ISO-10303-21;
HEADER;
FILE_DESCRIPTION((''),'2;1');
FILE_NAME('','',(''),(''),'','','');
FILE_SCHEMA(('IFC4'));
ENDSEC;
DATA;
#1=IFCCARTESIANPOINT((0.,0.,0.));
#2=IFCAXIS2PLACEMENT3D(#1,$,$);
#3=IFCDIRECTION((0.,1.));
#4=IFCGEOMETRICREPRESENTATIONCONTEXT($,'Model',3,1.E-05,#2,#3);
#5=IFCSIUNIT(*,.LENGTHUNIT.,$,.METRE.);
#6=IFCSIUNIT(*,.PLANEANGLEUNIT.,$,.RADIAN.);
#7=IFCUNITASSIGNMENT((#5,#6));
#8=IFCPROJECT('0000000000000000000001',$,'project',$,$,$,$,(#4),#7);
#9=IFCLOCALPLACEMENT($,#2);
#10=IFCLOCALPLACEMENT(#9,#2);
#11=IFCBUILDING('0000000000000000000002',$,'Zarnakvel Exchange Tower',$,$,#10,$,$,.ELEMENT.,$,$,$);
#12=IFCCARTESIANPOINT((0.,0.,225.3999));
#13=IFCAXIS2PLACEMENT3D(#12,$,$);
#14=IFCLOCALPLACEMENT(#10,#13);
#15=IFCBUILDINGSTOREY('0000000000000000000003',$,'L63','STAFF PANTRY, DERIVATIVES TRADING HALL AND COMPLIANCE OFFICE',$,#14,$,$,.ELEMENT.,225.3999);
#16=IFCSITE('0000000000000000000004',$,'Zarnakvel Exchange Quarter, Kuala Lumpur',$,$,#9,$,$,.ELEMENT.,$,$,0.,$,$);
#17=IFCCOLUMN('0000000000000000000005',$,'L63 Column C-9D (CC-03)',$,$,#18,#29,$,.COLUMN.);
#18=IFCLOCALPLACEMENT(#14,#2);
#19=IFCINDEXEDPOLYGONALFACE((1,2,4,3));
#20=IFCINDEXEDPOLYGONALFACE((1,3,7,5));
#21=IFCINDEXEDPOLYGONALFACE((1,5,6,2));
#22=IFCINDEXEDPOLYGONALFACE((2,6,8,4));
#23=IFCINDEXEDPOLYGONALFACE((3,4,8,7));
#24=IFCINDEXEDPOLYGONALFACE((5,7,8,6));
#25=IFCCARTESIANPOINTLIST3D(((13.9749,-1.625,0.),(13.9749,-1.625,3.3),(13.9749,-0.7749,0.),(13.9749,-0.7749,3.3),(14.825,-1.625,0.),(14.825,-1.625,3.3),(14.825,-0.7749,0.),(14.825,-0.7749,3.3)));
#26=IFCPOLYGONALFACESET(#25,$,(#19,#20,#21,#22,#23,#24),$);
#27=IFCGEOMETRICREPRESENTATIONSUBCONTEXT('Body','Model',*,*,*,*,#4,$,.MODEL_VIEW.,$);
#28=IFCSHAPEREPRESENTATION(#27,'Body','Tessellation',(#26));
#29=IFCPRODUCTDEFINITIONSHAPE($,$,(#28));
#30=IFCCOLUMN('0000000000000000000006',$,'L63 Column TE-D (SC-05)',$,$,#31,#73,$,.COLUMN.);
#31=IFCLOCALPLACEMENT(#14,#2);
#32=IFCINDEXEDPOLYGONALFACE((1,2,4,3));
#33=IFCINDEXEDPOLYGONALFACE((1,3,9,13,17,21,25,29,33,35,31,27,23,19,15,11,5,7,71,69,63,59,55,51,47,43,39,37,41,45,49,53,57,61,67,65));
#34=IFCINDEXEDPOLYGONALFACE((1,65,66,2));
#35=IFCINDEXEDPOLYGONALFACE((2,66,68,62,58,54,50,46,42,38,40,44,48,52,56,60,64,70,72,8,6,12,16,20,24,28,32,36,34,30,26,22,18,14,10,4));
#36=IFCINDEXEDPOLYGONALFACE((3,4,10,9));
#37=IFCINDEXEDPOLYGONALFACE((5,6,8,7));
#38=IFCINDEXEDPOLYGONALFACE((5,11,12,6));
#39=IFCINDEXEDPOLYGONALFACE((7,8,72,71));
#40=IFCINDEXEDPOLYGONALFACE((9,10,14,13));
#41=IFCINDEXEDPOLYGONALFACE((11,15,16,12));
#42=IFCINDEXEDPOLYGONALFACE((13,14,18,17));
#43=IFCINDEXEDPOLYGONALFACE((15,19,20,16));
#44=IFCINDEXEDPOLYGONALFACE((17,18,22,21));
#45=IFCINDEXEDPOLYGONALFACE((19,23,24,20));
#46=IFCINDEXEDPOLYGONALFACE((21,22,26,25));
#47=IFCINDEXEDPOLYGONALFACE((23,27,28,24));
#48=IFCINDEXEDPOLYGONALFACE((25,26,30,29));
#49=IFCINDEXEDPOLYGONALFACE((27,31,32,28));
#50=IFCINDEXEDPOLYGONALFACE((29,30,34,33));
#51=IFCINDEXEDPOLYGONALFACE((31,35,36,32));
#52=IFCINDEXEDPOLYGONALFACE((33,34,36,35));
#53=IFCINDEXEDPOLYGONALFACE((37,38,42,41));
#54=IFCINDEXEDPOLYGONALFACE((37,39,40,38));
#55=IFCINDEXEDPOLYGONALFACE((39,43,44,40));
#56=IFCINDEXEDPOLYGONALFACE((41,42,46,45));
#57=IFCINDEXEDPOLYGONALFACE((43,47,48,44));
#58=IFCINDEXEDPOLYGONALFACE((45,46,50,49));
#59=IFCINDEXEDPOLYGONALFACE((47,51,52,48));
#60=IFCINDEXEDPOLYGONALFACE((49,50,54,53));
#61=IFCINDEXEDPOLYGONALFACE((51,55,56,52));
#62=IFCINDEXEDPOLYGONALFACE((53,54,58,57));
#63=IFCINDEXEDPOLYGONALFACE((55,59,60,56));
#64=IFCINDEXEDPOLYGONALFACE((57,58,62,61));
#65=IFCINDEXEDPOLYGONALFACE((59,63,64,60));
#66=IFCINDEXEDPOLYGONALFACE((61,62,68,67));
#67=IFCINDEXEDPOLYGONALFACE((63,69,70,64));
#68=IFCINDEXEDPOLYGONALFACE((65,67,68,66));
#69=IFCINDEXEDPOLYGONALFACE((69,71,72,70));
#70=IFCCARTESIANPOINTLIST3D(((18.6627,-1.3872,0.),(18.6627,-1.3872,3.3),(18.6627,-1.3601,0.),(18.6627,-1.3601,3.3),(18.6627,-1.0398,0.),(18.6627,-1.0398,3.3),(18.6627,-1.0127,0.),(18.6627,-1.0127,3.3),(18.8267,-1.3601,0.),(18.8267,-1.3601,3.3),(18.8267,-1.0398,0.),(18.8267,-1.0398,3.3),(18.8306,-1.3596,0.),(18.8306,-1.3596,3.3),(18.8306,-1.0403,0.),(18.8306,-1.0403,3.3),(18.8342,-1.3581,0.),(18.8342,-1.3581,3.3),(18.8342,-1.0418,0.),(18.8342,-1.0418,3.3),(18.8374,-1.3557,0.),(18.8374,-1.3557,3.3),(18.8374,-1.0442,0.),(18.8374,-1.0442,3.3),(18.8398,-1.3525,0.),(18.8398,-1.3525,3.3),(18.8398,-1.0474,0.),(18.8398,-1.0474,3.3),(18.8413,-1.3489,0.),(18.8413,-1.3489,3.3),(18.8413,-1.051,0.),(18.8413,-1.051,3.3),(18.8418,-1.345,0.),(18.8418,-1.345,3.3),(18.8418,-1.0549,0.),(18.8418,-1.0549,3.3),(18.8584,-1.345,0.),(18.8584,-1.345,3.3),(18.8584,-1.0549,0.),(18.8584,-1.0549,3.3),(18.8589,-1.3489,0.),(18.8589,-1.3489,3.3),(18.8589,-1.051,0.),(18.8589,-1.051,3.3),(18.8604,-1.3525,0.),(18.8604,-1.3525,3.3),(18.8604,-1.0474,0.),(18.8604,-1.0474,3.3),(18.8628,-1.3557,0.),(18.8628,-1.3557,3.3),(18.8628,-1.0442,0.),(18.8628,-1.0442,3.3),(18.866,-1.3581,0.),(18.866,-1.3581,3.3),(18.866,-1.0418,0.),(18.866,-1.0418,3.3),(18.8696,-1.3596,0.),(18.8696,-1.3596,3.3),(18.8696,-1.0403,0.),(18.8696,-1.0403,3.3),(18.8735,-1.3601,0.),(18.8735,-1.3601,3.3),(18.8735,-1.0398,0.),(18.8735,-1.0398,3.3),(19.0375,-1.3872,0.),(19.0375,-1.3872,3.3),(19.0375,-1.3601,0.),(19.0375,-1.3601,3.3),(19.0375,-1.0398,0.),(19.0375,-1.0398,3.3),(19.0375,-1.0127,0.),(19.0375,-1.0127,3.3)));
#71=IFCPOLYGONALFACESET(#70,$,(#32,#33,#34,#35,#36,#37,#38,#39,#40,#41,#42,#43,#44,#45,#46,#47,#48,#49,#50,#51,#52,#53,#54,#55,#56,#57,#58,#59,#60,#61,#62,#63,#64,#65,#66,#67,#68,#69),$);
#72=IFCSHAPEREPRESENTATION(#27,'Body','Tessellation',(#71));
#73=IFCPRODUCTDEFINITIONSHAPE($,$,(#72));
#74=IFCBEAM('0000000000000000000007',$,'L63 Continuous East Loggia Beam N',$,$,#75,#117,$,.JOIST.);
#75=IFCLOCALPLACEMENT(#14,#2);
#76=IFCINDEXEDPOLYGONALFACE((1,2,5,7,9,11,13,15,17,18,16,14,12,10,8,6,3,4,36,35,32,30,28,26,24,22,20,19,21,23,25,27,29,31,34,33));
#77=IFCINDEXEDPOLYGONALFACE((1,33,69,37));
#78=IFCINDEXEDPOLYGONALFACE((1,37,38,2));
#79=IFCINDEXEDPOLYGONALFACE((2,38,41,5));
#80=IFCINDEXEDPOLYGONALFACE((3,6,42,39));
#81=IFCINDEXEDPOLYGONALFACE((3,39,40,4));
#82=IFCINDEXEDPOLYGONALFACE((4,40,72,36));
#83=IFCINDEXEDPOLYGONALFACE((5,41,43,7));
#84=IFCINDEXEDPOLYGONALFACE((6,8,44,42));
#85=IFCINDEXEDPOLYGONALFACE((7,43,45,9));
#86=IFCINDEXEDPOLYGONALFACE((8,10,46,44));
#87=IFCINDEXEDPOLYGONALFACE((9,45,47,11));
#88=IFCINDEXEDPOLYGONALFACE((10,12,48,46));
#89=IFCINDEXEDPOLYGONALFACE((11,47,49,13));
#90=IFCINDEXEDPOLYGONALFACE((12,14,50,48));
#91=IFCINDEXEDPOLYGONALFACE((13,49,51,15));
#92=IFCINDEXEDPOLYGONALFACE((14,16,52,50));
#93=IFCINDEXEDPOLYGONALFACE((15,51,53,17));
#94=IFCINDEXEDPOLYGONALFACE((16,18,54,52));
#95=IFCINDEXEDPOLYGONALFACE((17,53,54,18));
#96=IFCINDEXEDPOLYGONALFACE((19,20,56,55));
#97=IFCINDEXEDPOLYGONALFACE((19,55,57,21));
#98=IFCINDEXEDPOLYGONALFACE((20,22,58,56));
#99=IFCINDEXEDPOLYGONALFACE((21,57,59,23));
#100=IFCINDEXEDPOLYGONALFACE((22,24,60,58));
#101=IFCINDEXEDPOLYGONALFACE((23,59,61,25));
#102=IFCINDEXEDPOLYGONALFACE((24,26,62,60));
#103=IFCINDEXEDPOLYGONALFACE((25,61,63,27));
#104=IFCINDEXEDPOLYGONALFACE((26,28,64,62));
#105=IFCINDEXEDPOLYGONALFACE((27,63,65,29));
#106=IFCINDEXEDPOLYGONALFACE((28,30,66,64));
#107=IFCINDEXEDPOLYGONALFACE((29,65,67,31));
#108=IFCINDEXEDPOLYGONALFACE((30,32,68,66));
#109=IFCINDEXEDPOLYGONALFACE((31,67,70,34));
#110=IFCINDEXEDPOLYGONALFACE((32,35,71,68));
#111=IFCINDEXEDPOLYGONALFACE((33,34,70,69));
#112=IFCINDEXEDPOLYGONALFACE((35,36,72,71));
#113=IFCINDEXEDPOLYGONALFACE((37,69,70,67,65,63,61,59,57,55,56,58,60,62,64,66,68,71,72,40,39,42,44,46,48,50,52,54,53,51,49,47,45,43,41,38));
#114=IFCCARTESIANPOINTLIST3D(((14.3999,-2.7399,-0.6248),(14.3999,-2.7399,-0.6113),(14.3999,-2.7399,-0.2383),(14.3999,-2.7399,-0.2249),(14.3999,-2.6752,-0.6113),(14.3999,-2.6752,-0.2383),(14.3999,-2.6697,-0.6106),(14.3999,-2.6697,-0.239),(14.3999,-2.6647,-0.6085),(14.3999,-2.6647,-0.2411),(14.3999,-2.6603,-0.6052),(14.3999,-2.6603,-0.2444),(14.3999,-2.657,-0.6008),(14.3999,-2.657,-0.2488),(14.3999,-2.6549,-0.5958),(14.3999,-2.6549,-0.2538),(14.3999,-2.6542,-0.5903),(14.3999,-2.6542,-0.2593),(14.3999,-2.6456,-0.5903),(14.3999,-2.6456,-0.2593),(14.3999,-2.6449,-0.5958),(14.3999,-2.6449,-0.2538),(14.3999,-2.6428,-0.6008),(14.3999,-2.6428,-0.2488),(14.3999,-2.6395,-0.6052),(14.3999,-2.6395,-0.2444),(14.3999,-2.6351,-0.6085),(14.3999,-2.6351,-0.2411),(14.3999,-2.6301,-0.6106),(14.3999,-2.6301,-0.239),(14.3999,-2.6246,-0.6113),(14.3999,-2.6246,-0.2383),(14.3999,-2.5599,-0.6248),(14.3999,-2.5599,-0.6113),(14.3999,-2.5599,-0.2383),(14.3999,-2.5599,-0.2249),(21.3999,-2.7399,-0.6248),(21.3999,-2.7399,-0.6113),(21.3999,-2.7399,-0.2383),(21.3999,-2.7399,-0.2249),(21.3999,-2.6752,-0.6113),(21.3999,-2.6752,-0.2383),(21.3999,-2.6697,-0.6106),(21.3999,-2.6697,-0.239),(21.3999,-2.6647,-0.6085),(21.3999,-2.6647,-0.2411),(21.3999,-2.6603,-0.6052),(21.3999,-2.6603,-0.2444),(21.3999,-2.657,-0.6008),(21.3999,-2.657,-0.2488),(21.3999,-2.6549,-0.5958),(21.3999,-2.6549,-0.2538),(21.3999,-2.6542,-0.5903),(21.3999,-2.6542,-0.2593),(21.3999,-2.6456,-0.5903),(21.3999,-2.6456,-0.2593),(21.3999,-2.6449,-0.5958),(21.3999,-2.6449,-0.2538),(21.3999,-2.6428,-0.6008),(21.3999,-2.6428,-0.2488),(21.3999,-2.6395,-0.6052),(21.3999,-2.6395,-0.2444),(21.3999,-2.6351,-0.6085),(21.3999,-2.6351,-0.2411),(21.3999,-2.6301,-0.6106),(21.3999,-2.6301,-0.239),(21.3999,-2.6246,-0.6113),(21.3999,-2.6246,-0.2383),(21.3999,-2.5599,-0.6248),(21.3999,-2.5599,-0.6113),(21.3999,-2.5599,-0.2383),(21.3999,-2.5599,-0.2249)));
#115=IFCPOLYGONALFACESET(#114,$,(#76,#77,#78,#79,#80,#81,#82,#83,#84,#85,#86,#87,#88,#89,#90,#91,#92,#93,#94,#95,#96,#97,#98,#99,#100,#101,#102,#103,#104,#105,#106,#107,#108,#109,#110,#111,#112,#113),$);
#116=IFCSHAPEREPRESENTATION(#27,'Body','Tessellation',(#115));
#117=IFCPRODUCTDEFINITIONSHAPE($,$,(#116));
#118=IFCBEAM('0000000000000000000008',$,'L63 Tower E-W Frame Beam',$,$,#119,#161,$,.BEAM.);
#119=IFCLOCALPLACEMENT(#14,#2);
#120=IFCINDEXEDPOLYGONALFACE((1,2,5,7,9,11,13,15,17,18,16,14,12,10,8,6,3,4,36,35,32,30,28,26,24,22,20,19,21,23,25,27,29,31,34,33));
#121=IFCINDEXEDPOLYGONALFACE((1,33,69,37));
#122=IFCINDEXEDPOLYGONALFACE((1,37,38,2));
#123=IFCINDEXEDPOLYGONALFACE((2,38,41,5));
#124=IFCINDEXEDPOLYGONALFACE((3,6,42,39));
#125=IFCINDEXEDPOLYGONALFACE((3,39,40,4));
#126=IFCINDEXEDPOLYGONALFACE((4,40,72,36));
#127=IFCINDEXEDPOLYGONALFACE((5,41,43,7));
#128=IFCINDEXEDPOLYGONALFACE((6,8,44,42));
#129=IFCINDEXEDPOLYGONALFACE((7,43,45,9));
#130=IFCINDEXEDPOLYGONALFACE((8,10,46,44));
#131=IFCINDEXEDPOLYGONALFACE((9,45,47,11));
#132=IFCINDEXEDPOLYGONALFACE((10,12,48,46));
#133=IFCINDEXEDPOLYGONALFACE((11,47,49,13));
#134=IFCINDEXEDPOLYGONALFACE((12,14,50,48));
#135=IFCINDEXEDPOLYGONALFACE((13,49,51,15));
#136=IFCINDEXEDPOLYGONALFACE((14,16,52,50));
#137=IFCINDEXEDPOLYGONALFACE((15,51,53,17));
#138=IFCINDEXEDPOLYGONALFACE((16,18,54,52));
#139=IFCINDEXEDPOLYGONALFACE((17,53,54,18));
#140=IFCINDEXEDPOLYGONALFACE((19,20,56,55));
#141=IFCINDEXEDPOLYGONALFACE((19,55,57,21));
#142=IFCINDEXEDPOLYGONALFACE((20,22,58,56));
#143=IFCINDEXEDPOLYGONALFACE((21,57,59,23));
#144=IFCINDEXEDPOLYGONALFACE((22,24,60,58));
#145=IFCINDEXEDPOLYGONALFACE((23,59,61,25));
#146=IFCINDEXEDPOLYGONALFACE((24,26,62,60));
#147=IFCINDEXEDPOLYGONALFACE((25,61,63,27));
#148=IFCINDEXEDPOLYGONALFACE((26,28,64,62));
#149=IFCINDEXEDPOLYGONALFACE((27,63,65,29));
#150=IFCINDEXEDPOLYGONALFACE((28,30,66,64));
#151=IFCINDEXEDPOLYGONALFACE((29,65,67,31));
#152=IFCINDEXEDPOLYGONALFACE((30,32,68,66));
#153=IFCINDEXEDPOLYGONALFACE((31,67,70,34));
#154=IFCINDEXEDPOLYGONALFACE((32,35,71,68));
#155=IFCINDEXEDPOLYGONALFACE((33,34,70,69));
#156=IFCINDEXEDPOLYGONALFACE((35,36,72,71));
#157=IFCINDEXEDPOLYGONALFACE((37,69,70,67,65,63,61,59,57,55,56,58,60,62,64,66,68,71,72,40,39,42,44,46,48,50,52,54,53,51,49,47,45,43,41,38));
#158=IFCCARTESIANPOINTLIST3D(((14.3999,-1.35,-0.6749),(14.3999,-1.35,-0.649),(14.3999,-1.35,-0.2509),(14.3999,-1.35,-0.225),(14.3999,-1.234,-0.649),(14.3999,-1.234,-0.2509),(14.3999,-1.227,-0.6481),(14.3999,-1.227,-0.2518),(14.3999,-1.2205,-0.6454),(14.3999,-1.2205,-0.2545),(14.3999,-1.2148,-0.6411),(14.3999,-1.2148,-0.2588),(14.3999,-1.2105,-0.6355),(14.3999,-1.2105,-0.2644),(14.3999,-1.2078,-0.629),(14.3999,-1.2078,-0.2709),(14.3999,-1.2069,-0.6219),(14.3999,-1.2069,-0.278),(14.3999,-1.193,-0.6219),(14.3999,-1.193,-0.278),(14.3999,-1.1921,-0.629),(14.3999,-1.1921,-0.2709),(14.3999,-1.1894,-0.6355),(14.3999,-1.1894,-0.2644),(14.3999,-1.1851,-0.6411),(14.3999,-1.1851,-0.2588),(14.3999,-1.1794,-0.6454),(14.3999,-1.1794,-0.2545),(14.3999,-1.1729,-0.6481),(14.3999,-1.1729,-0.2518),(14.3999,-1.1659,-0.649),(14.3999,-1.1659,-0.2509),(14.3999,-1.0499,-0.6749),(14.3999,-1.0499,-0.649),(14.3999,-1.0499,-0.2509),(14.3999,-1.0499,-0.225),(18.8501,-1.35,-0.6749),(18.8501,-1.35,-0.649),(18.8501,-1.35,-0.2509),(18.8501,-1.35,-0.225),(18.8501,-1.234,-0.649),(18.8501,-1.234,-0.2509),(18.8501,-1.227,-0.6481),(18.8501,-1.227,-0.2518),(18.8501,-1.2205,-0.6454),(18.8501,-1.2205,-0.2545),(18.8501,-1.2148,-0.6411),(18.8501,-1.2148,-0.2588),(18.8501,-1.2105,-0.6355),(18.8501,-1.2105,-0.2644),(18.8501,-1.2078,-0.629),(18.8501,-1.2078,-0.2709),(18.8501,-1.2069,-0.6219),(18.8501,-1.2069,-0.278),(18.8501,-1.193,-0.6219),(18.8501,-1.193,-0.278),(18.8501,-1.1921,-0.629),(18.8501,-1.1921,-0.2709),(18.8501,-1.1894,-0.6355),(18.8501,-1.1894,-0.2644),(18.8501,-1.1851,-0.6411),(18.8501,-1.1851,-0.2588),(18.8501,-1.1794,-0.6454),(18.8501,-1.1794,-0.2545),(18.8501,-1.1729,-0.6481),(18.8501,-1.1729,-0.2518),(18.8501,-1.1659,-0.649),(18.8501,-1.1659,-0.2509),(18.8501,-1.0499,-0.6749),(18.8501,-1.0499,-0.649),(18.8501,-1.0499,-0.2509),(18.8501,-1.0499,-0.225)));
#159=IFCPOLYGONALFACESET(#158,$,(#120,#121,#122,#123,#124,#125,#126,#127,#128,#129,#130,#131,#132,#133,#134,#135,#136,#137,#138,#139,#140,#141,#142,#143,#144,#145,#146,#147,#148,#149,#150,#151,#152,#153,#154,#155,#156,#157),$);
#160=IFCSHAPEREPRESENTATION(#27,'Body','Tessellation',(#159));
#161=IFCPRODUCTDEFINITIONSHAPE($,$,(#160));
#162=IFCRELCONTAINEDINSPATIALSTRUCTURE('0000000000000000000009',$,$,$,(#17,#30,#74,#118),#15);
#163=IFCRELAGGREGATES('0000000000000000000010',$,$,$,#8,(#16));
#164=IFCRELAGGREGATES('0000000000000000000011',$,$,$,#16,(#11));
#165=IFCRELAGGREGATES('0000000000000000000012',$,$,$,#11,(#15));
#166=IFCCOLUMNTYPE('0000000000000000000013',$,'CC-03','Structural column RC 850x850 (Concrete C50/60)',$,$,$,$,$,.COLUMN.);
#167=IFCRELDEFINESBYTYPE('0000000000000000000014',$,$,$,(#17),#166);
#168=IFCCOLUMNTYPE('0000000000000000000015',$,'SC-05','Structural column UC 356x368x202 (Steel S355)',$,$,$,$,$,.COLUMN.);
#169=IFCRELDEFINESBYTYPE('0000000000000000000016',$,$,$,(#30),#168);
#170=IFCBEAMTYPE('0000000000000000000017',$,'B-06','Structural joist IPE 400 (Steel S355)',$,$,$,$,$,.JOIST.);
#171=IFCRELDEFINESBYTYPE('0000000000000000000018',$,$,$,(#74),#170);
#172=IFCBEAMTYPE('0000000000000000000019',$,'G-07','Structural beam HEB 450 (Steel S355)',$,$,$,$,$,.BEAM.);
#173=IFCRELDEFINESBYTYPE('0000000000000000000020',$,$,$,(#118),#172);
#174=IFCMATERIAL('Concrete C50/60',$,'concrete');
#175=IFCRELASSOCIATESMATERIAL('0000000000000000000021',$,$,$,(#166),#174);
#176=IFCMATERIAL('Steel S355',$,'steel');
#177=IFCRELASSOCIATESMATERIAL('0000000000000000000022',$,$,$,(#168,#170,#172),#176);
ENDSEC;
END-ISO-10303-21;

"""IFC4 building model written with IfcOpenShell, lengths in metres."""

from ifc_helpers import new_model, si_unit, direction, frame, origin, origin_2d, place, context, subcontext, project, spatial, rectangle, i_section, extrude, material, material_profile, profile_set, type_object, element, save


model = new_model("IFC4")

# Units and contexts
model_context = context("Model", 3, precision=1e-05, world=origin(), true_north=direction((0.0, 1.0)))
body_context = subcontext(model_context, "Body", "Model", "MODEL_VIEW")
ifc_project = project(units=[si_unit("LENGTHUNIT", "METRE"), si_unit("PLANEANGLEUNIT", "RADIAN")], contexts=[model_context])

# Site, building, storey
site_placement = place(None, origin())
site = spatial("IfcSite", under=ifc_project, at=site_placement, Name="Zarnakvel Exchange Quarter, Kuala Lumpur", CompositionType="ELEMENT", RefElevation=0.0)
building_placement = place(site_placement, origin())
building = spatial("IfcBuilding", under=site, at=building_placement, Name="Zarnakvel Exchange Tower", CompositionType="ELEMENT")
storey_placement = place(building_placement, frame((0.0, 0.0, 225.3999)))
storey = spatial("IfcBuildingStorey", under=building, at=storey_placement, Name="L63", Description="STAFF PANTRY, DERIVATIVES TRADING HALL AND COMPLIANCE OFFICE", CompositionType="ELEMENT", Elevation=225.3999)

# Columns
ifc_material_1 = material(Name="Concrete C50/60", Category="concrete")
ifc_material_profile_1 = material_profile(ifc_material_1, rectangle(XDim=0.8501, YDim=0.8501, at=origin_2d()))
ifc_profile_set_1 = profile_set([ifc_material_profile_1], Name="Concrete C50/60")
column_type_1 = type_object("IfcColumnType", Name="CC-03", Description="Structural column RC 850x850 (Concrete C50/60)", PredefinedType="COLUMN", material=ifc_profile_set_1)
column_1_placement = place(storey_placement, frame((14.3999, -1.2, 0.0), z_axis=(0.0, 0.0, 1.0), x_axis=(1.0, 0.0, 0.0)))
element("IfcColumn", 1, at=column_1_placement, inside=storey, type_object=column_type_1, Name="L63 Column C-9D (CC-03)", PredefinedType="COLUMN", context=body_context, shape_type="SweptSolid", body=[
    extrude(rectangle(XDim=0.8501, YDim=0.8501, at=origin_2d()), origin(), (0.0, 0.0, 1.0), 3.3),
])
ifc_material_2 = material(Name="Steel S355", Category="steel")
ifc_material_profile_2 = material_profile(ifc_material_2, i_section(OverallWidth=0.3748, OverallDepth=0.3745, WebThickness=0.0166, FlangeThickness=0.0271, FilletRadius=0.0151, at=origin_2d()))
ifc_profile_set_2 = profile_set([ifc_material_profile_2], Name="Steel S355")
column_type_2 = type_object("IfcColumnType", Name="SC-05", Description="Structural column UC 356x368x202 (Steel S355)", PredefinedType="COLUMN", material=ifc_profile_set_2)
column_2_placement = place(storey_placement, frame((18.8501, -1.2, 0.0), z_axis=(0.0, 0.0, 1.0), x_axis=(1.0, 0.0, 0.0)))
element("IfcColumn", 2, at=column_2_placement, inside=storey, type_object=column_type_2, Name="L63 Column TE-D (SC-05)", PredefinedType="COLUMN", context=body_context, shape_type="SweptSolid", body=[
    extrude(i_section(OverallWidth=0.3748, OverallDepth=0.3745, WebThickness=0.0166, FlangeThickness=0.0271, FilletRadius=0.0151, at=origin_2d()), origin(), (0.0, 0.0, 1.0), 3.3),
])

# Beams
ifc_material_profile_3 = material_profile(ifc_material_2, i_section(OverallWidth=0.1799, OverallDepth=0.3999, WebThickness=0.0085, FlangeThickness=0.0134, FilletRadius=0.021, at=origin_2d()))
ifc_profile_set_3 = profile_set([ifc_material_profile_3], Name="Steel S355")
beam_type_1 = type_object("IfcBeamType", Name="B-06", Description="Structural joist IPE 400 (Steel S355)", PredefinedType="JOIST", material=ifc_profile_set_3)
beam_1_placement = place(storey_placement, frame((14.3999, -2.6499, -0.4248), z_axis=(1.0, 0.0, 0.0), x_axis=(0.0, 1.0, 0.0)))
element("IfcBeam", 3, at=beam_1_placement, inside=storey, type_object=beam_type_1, Name="L63 Continuous East Loggia Beam N", PredefinedType="JOIST", context=body_context, shape_type="SweptSolid", body=[
    extrude(i_section(OverallWidth=0.1799, OverallDepth=0.3999, WebThickness=0.0085, FlangeThickness=0.0134, FilletRadius=0.021, at=origin_2d()), origin(), (0.0, 0.0, 1.0), 7.0),
])
ifc_material_profile_4 = material_profile(ifc_material_2, i_section(OverallWidth=0.3, OverallDepth=0.45, WebThickness=0.0139, FlangeThickness=0.0259, FilletRadius=0.0271, at=origin_2d()))
ifc_profile_set_4 = profile_set([ifc_material_profile_4], Name="Steel S355")
beam_type_2 = type_object("IfcBeamType", Name="G-07", Description="Structural beam HEB 450 (Steel S355)", PredefinedType="BEAM", material=ifc_profile_set_4)
beam_2_placement = place(storey_placement, frame((14.3999, -1.2, -0.45), z_axis=(1.0, 0.0, 0.0), x_axis=(0.0, 1.0, 0.0)))
element("IfcBeam", 4, at=beam_2_placement, inside=storey, type_object=beam_type_2, Name="L63 Tower E-W Frame Beam", PredefinedType="BEAM", context=body_context, shape_type="SweptSolid", body=[
    extrude(i_section(OverallWidth=0.3, OverallDepth=0.45, WebThickness=0.0139, FlangeThickness=0.0259, FilletRadius=0.0271, at=origin_2d()), origin(), (0.0, 0.0, 1.0), 4.4502),
])

save(model, "model.ifc")
